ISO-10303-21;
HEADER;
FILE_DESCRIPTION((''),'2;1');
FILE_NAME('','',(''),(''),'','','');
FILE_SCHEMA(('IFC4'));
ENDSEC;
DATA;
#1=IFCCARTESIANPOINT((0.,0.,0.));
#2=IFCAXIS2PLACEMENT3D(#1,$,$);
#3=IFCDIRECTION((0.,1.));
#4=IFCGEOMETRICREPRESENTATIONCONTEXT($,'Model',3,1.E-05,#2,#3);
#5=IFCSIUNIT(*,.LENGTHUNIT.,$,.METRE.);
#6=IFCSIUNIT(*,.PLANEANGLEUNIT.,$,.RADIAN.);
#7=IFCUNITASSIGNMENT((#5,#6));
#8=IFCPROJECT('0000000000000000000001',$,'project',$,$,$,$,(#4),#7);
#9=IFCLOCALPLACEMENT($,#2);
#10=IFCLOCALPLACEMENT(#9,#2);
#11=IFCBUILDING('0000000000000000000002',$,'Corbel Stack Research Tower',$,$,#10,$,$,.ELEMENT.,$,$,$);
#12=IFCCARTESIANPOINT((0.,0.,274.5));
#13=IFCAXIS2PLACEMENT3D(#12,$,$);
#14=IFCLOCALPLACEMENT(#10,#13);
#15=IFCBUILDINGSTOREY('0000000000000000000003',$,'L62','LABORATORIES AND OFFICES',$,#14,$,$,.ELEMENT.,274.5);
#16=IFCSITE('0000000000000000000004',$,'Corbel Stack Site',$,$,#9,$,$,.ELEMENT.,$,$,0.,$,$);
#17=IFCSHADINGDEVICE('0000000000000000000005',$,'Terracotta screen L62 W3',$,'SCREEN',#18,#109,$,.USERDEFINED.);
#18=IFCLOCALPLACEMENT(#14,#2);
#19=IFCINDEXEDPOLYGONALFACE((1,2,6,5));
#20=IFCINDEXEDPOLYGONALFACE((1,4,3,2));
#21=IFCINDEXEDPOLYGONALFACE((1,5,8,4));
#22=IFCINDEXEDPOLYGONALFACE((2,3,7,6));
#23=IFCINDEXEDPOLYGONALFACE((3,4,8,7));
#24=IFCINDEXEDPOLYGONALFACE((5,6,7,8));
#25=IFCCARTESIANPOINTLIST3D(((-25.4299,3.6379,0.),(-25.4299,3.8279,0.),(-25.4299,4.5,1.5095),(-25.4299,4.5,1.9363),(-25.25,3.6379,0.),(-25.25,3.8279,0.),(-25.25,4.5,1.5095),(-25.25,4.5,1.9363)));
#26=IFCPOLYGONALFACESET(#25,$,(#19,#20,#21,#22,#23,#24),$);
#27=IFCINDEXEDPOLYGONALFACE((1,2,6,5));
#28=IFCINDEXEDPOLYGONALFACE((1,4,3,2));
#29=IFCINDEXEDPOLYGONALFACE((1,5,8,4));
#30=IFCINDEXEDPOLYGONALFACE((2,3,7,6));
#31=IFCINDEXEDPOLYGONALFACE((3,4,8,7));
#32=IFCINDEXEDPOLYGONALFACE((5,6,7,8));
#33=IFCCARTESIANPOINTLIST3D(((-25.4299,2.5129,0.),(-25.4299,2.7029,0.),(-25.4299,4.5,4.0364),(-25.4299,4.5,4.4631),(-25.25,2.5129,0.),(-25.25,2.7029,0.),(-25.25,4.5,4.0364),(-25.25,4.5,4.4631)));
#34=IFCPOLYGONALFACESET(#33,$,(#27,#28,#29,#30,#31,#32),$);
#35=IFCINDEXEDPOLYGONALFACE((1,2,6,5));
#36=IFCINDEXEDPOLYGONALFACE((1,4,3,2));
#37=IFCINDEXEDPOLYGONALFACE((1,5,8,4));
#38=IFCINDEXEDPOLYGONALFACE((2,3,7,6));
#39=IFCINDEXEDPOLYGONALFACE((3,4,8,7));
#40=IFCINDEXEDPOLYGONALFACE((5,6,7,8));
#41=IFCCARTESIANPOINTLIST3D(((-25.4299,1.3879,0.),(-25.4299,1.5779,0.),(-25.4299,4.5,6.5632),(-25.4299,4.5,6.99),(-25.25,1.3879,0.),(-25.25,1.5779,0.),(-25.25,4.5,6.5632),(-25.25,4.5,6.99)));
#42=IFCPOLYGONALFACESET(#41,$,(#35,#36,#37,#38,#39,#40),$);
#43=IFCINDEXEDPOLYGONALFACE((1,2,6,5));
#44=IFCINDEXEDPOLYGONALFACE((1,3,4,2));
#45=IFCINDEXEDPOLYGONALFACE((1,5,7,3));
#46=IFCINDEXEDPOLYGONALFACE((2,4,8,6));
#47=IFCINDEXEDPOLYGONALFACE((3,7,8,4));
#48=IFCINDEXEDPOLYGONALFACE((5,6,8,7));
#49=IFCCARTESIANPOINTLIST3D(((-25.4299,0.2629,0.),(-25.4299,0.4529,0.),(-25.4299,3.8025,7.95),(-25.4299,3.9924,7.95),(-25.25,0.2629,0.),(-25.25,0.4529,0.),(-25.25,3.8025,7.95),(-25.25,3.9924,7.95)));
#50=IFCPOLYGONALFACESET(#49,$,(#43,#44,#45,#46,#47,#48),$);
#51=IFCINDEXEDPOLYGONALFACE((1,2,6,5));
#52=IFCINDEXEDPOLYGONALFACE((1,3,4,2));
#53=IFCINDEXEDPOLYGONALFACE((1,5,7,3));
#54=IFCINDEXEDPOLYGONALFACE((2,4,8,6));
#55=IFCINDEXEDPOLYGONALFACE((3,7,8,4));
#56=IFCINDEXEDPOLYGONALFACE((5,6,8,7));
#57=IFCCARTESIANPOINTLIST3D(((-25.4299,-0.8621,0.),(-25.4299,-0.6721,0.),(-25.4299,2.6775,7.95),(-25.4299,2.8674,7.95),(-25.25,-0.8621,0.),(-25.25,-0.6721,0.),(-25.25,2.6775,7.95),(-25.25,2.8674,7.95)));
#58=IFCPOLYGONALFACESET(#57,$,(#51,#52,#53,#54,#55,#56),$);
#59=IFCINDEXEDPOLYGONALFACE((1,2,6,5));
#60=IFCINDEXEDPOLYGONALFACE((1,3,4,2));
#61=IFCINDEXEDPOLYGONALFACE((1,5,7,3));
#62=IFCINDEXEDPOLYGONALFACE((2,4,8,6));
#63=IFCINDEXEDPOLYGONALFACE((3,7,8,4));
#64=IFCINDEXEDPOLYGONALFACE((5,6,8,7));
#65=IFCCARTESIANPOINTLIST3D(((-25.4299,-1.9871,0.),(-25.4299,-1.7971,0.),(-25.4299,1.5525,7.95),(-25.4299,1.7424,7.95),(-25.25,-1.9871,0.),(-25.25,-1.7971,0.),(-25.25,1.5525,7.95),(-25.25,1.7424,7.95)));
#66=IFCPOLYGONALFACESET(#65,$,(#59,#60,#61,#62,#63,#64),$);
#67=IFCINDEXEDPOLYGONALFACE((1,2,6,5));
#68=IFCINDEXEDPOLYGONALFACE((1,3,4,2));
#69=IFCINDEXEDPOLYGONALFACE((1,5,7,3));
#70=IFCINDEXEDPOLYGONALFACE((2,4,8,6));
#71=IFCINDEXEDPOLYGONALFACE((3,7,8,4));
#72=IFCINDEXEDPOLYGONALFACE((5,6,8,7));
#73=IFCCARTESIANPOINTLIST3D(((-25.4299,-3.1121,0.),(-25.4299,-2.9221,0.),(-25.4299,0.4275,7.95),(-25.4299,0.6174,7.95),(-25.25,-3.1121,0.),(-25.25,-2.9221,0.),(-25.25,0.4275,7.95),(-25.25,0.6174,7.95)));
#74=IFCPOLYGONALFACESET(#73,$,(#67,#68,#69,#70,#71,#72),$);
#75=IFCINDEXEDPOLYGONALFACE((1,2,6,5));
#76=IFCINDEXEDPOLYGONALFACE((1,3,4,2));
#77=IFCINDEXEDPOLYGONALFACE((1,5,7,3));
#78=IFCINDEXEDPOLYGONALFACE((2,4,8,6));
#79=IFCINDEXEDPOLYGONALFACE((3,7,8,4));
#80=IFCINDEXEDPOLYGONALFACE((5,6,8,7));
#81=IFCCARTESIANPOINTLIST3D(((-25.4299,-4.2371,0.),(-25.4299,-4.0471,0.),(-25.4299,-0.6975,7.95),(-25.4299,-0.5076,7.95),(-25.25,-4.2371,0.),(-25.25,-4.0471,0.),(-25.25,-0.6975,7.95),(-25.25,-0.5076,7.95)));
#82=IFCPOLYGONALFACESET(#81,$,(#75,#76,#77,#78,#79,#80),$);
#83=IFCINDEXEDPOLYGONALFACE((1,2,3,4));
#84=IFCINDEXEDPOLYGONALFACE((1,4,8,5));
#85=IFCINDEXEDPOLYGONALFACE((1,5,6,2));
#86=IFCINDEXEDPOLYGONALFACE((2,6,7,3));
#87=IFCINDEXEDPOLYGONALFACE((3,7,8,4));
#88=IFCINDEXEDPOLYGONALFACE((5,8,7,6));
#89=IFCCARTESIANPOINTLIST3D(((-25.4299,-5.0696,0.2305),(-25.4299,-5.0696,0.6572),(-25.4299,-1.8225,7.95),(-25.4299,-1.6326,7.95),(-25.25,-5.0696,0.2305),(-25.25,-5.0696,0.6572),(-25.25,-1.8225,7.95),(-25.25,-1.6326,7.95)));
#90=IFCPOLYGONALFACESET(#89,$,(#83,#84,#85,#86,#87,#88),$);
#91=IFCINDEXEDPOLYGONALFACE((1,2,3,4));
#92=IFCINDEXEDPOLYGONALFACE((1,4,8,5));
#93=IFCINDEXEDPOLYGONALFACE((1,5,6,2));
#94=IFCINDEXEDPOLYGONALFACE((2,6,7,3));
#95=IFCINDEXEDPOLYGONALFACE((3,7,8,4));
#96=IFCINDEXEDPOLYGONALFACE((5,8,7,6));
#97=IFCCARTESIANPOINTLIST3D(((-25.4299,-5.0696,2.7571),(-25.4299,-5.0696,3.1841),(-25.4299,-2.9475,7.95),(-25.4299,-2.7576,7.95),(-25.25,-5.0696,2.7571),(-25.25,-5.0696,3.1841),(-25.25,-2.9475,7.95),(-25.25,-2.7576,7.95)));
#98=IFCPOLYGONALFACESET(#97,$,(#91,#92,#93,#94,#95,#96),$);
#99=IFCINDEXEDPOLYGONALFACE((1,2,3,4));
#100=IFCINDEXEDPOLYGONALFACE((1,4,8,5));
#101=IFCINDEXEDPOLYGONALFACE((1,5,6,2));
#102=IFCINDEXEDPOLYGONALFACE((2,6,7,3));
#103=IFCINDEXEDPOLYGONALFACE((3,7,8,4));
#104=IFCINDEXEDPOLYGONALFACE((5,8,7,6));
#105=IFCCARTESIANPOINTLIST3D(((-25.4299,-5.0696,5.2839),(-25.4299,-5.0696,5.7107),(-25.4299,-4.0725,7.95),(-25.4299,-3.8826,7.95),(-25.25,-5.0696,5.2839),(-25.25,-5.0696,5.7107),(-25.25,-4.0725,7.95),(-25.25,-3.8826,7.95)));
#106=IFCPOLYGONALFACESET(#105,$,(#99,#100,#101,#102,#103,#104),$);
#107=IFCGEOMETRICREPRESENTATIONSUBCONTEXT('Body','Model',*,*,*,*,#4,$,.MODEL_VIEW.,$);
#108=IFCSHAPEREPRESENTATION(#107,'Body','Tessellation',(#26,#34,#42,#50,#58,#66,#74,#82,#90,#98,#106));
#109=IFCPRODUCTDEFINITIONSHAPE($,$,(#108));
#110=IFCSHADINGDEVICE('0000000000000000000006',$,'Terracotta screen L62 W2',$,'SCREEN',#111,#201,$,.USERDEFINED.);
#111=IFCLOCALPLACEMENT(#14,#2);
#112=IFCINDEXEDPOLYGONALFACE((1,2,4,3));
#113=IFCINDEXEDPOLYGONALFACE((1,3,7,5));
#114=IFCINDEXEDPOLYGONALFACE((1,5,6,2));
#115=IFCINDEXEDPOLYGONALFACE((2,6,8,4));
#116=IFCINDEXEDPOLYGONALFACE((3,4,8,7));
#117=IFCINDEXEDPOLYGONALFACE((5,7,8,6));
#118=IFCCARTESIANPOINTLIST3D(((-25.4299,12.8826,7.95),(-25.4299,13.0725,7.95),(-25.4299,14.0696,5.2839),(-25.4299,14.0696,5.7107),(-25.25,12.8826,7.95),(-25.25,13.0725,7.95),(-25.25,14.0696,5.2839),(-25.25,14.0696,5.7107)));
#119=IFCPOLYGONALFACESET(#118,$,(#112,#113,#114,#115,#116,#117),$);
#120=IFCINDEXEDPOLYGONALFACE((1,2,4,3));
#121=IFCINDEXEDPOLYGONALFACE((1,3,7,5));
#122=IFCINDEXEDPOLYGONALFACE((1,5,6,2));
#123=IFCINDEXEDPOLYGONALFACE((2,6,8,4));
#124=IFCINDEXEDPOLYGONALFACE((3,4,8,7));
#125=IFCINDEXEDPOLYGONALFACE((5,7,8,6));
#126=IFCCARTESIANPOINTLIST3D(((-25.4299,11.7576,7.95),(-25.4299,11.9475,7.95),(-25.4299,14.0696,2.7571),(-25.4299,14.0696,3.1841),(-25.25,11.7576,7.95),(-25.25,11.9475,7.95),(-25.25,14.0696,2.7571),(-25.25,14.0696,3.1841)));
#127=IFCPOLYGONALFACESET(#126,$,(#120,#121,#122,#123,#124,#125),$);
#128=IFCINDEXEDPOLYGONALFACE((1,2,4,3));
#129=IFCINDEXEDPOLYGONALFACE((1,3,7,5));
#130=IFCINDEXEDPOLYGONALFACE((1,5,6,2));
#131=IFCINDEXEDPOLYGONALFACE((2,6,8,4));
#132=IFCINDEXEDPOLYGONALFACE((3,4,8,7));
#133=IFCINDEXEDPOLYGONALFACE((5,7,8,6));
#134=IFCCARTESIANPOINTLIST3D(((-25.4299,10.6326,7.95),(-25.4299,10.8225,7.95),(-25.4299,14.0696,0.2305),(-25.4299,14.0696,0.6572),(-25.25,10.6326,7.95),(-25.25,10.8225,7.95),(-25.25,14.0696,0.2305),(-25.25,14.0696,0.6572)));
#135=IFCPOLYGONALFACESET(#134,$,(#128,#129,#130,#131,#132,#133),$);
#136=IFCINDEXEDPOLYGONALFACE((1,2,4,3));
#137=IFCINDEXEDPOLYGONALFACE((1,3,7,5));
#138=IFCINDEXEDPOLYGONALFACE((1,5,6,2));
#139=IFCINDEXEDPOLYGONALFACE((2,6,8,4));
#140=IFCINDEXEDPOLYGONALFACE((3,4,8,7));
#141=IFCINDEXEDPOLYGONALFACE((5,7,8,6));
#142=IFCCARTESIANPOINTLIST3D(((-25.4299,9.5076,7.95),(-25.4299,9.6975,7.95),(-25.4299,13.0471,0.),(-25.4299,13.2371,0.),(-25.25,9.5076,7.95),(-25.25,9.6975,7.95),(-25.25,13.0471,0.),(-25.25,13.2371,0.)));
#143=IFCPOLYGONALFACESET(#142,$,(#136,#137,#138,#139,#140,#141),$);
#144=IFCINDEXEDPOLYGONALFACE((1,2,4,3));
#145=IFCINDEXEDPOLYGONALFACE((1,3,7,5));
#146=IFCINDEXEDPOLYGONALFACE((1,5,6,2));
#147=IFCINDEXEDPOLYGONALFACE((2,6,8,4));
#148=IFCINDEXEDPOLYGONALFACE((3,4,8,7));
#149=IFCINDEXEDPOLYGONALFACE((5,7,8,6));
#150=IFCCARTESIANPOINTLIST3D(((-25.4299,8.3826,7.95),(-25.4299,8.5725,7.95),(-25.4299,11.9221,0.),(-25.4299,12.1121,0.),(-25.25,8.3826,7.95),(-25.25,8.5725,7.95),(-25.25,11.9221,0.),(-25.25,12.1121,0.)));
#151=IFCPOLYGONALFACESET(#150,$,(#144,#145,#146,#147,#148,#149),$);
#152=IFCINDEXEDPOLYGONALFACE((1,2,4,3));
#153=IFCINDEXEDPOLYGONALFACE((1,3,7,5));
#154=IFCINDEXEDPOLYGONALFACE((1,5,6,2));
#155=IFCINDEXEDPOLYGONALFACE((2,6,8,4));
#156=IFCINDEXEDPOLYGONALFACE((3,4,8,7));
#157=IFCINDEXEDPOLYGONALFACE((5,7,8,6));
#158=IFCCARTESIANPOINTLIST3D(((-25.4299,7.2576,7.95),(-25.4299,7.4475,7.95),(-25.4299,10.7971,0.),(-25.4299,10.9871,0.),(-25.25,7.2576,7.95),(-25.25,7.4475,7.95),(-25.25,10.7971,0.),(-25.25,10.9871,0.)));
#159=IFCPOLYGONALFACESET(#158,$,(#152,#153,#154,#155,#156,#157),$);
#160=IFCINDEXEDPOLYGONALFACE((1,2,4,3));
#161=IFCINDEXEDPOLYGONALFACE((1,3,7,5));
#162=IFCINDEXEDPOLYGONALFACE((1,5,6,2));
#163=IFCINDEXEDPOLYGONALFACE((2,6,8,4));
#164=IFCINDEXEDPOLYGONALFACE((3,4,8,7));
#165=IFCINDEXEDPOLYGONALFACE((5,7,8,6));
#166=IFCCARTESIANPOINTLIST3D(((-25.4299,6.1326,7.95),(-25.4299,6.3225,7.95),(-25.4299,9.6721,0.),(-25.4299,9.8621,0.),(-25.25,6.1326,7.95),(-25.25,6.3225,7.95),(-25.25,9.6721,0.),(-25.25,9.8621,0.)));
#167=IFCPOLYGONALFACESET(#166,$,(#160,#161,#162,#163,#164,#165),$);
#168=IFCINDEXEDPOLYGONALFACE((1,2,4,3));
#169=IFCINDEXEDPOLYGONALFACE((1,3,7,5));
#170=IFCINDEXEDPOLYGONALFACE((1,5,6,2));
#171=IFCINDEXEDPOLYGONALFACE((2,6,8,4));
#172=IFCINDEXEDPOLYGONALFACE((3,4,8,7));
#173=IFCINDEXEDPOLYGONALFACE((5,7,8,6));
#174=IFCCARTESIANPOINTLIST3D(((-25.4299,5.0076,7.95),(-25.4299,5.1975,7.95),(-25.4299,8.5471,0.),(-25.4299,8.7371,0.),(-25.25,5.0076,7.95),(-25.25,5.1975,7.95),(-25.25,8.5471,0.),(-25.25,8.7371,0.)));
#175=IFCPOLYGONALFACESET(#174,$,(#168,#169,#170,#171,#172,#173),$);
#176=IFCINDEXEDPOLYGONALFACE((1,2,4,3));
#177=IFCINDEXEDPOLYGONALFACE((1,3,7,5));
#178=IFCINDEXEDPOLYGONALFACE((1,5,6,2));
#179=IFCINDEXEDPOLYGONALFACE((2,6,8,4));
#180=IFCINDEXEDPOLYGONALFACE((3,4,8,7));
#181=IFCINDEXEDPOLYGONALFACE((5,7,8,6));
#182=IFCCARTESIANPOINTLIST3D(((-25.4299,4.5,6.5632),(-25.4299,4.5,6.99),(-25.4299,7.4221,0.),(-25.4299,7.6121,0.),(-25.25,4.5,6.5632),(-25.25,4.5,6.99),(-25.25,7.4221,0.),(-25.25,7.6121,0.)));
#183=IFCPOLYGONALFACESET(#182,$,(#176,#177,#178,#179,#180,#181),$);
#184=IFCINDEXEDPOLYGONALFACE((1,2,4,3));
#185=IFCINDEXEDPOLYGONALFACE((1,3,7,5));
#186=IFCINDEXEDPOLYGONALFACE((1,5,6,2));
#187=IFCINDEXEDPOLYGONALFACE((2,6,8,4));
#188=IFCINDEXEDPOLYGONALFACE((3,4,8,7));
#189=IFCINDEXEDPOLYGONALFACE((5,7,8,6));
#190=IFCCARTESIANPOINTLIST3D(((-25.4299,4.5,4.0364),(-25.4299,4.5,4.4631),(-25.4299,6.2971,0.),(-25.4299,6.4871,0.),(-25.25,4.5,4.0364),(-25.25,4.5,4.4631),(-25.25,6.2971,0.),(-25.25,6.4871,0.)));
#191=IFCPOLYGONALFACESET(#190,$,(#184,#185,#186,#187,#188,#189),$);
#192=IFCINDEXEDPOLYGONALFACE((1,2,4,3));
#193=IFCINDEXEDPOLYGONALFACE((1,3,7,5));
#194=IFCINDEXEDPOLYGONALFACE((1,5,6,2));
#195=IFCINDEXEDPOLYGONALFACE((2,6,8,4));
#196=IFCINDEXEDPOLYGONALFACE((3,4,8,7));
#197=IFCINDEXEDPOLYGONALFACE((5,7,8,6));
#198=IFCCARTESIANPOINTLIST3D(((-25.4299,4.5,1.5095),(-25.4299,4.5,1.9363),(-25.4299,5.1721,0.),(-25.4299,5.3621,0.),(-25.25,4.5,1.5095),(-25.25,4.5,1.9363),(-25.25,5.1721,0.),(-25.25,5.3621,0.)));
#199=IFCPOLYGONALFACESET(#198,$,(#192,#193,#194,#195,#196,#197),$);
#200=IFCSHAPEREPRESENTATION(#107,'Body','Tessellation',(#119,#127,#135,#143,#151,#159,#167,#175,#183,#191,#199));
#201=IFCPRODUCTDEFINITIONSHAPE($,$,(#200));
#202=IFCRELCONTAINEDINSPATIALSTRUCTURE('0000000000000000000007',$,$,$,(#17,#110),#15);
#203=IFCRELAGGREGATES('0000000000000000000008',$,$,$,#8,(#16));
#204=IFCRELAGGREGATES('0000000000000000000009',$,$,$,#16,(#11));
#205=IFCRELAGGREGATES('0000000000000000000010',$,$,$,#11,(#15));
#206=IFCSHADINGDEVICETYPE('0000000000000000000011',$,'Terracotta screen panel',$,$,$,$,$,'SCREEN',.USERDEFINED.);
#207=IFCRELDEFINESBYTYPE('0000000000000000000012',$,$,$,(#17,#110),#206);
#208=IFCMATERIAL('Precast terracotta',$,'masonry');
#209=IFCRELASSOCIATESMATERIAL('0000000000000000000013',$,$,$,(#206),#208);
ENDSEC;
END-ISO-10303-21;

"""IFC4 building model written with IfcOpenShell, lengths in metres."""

from ifc_helpers import new_model, si_unit, direction, frame, origin, place, context, subcontext, project, spatial, polyline, outline, extrude, source, transform, mapped, material, type_object, element, save


model = new_model("IFC4")

# Units and contexts
model_context = context("Model", 3, precision=1e-05, world=origin(), true_north=direction((0.0, 1.0)))
body_context = subcontext(model_context, "Body", "Model", "MODEL_VIEW")
ifc_project = project(units=[si_unit("LENGTHUNIT", "METRE"), si_unit("PLANEANGLEUNIT", "RADIAN")], contexts=[model_context])

# Site, building, storey
site_placement = place(None, origin())
site = spatial("IfcSite", under=ifc_project, at=site_placement, Name="Corbel Stack Site", CompositionType="ELEMENT", RefElevation=0.0)
building_placement = place(site_placement, origin())
building = spatial("IfcBuilding", under=site, at=building_placement, Name="Corbel Stack Research Tower", CompositionType="ELEMENT")
storey_placement = place(building_placement, frame((0.0, 0.0, 274.5)))
storey = spatial("IfcBuildingStorey", under=building, at=storey_placement, Name="L62", Description="LABORATORIES AND OFFICES", CompositionType="ELEMENT", Elevation=274.5)

# Shading devices
ifc_material_1 = material(Name="Precast terracotta", Category="masonry")
shading_device_type = type_object("IfcShadingDeviceType", Name="Terracotta screen panel", ElementType="SCREEN", PredefinedType="USERDEFINED", material=ifc_material_1)
shared_shape_1 = source(origin(), body_context, "Body", "SweptSolid", [
    extrude(outline(polyline([(0.8621, 0.0), (0.0, 1.9363), (0.0, 1.5095), (0.6721, 0.0), (0.8621, 0.0)])), frame((0.0, 0.0, 0.0), z_axis=(0.0, -1.0, 0.0), x_axis=(1.0, 0.0, 0.0)), (0.0, 0.0, 1.0), 0.1799),
    extrude(outline(polyline([(1.9871, 0.0), (0.0, 4.4631), (0.0, 4.0364), (1.7971, 0.0), (1.9871, 0.0)])), frame((0.0, 0.0, 0.0), z_axis=(0.0, -1.0, 0.0), x_axis=(1.0, 0.0, 0.0)), (0.0, 0.0, 1.0), 0.1799),
    extrude(outline(polyline([(3.1121, 0.0), (0.0, 6.99), (0.0, 6.5632), (2.9221, 0.0), (3.1121, 0.0)])), frame((0.0, 0.0, 0.0), z_axis=(0.0, -1.0, 0.0), x_axis=(1.0, 0.0, 0.0)), (0.0, 0.0, 1.0), 0.1799),
    extrude(outline(polyline([(4.2371, 0.0), (0.6975, 7.95), (0.5076, 7.95), (4.0471, 0.0), (4.2371, 0.0)])), frame((0.0, 0.0, 0.0), z_axis=(0.0, -1.0, 0.0), x_axis=(1.0, 0.0, 0.0)), (0.0, 0.0, 1.0), 0.1799),
    extrude(outline(polyline([(5.3621, 0.0), (1.8225, 7.95), (1.6326, 7.95), (5.1721, 0.0), (5.3621, 0.0)])), frame((0.0, 0.0, 0.0), z_axis=(0.0, -1.0, 0.0), x_axis=(1.0, 0.0, 0.0)), (0.0, 0.0, 1.0), 0.1799),
    extrude(outline(polyline([(6.4871, 0.0), (2.9475, 7.95), (2.7576, 7.95), (6.2971, 0.0), (6.4871, 0.0)])), frame((0.0, 0.0, 0.0), z_axis=(0.0, -1.0, 0.0), x_axis=(1.0, 0.0, 0.0)), (0.0, 0.0, 1.0), 0.1799),
    extrude(outline(polyline([(7.6121, 0.0), (4.0725, 7.95), (3.8826, 7.95), (7.4221, 0.0), (7.6121, 0.0)])), frame((0.0, 0.0, 0.0), z_axis=(0.0, -1.0, 0.0), x_axis=(1.0, 0.0, 0.0)), (0.0, 0.0, 1.0), 0.1799),
    extrude(outline(polyline([(8.7371, 0.0), (5.1975, 7.95), (5.0076, 7.95), (8.5471, 0.0), (8.7371, 0.0)])), frame((0.0, 0.0, 0.0), z_axis=(0.0, -1.0, 0.0), x_axis=(1.0, 0.0, 0.0)), (0.0, 0.0, 1.0), 0.1799),
    extrude(outline(polyline([(6.3225, 7.95), (6.1326, 7.95), (9.5696, 0.2305), (9.5696, 0.6572), (6.3225, 7.95)])), frame((0.0, 0.0, 0.0), z_axis=(0.0, -1.0, 0.0), x_axis=(1.0, 0.0, 0.0)), (0.0, 0.0, 1.0), 0.1799),
    extrude(outline(polyline([(7.4475, 7.95), (7.2576, 7.95), (9.5696, 2.7571), (9.5696, 3.1841), (7.4475, 7.95)])), frame((0.0, 0.0, 0.0), z_axis=(0.0, -1.0, 0.0), x_axis=(1.0, 0.0, 0.0)), (0.0, 0.0, 1.0), 0.1799),
    extrude(outline(polyline([(8.5725, 7.95), (8.3826, 7.95), (9.5696, 5.2839), (9.5696, 5.7107), (8.5725, 7.95)])), frame((0.0, 0.0, 0.0), z_axis=(0.0, -1.0, 0.0), x_axis=(1.0, 0.0, 0.0)), (0.0, 0.0, 1.0), 0.1799),
])
shading_device_1_placement = place(storey_placement, frame((-25.25, 4.5, 0.0), z_axis=(0.0, 0.0, 1.0), x_axis=(0.0, -1.0, 0.0)))
element("IfcShadingDevice", 1, at=shading_device_1_placement, inside=storey, type_object=shading_device_type, Name="Terracotta screen L62 W3", ObjectType="SCREEN", PredefinedType="USERDEFINED", context=body_context, shape_type="MappedRepresentation", body=[
    mapped(shared_shape_1, transform((0.0, 0.0, 0.0))),
])
shared_shape_2 = source(origin(), body_context, "Body", "SweptSolid", [
    extrude(outline(polyline([(1.187, 7.95), (0.9971, 7.95), (0.0, 5.7107), (0.0, 5.2839), (1.187, 7.95)])), frame((0.0, 0.0, 0.0), z_axis=(0.0, -1.0, 0.0), x_axis=(1.0, 0.0, 0.0)), (0.0, 0.0, 1.0), 0.1799),
    extrude(outline(polyline([(2.312, 7.95), (2.1221, 7.95), (0.0, 3.1841), (0.0, 2.7571), (2.312, 7.95)])), frame((0.0, 0.0, 0.0), z_axis=(0.0, -1.0, 0.0), x_axis=(1.0, 0.0, 0.0)), (0.0, 0.0, 1.0), 0.1799),
    extrude(outline(polyline([(3.437, 7.95), (3.2471, 7.95), (0.0, 0.6572), (0.0, 0.2305), (3.437, 7.95)])), frame((0.0, 0.0, 0.0), z_axis=(0.0, -1.0, 0.0), x_axis=(1.0, 0.0, 0.0)), (0.0, 0.0, 1.0), 0.1799),
    extrude(outline(polyline([(1.0225, 0.0), (4.562, 7.95), (4.3721, 7.95), (0.8325, 0.0), (1.0225, 0.0)])), frame((0.0, 0.0, 0.0), z_axis=(0.0, -1.0, 0.0), x_axis=(1.0, 0.0, 0.0)), (0.0, 0.0, 1.0), 0.1799),
    extrude(outline(polyline([(2.1475, 0.0), (5.687, 7.95), (5.4971, 7.95), (1.9575, 0.0), (2.1475, 0.0)])), frame((0.0, 0.0, 0.0), z_axis=(0.0, -1.0, 0.0), x_axis=(1.0, 0.0, 0.0)), (0.0, 0.0, 1.0), 0.1799),
    extrude(outline(polyline([(3.2725, 0.0), (6.812, 7.95), (6.6221, 7.95), (3.0825, 0.0), (3.2725, 0.0)])), frame((0.0, 0.0, 0.0), z_axis=(0.0, -1.0, 0.0), x_axis=(1.0, 0.0, 0.0)), (0.0, 0.0, 1.0), 0.1799),
    extrude(outline(polyline([(4.3975, 0.0), (7.937, 7.95), (7.7471, 7.95), (4.2075, 0.0), (4.3975, 0.0)])), frame((0.0, 0.0, 0.0), z_axis=(0.0, -1.0, 0.0), x_axis=(1.0, 0.0, 0.0)), (0.0, 0.0, 1.0), 0.1799),
    extrude(outline(polyline([(5.5225, 0.0), (9.062, 7.95), (8.8721, 7.95), (5.3325, 0.0), (5.5225, 0.0)])), frame((0.0, 0.0, 0.0), z_axis=(0.0, -1.0, 0.0), x_axis=(1.0, 0.0, 0.0)), (0.0, 0.0, 1.0), 0.1799),
    extrude(outline(polyline([(6.6475, 0.0), (9.5696, 6.5632), (9.5696, 6.99), (6.4575, 0.0), (6.6475, 0.0)])), frame((0.0, 0.0, 0.0), z_axis=(0.0, -1.0, 0.0), x_axis=(1.0, 0.0, 0.0)), (0.0, 0.0, 1.0), 0.1799),
    extrude(outline(polyline([(7.7725, 0.0), (9.5696, 4.0364), (9.5696, 4.4631), (7.5825, 0.0), (7.7725, 0.0)])), frame((0.0, 0.0, 0.0), z_axis=(0.0, -1.0, 0.0), x_axis=(1.0, 0.0, 0.0)), (0.0, 0.0, 1.0), 0.1799),
    extrude(outline(polyline([(8.8975, 0.0), (9.5696, 1.5095), (9.5696, 1.9363), (8.7075, 0.0), (8.8975, 0.0)])), frame((0.0, 0.0, 0.0), z_axis=(0.0, -1.0, 0.0), x_axis=(1.0, 0.0, 0.0)), (0.0, 0.0, 1.0), 0.1799),
])
shading_device_2_placement = place(storey_placement, frame((-25.25, 14.0696, 0.0), z_axis=(0.0, 0.0, 1.0), x_axis=(0.0, -1.0, 0.0)))
element("IfcShadingDevice", 2, at=shading_device_2_placement, inside=storey, type_object=shading_device_type, Name="Terracotta screen L62 W2", ObjectType="SCREEN", PredefinedType="USERDEFINED", context=body_context, shape_type="MappedRepresentation", body=[
    mapped(shared_shape_2, transform((0.0, 0.0, 0.0))),
])

save(model, "model.ifc")
